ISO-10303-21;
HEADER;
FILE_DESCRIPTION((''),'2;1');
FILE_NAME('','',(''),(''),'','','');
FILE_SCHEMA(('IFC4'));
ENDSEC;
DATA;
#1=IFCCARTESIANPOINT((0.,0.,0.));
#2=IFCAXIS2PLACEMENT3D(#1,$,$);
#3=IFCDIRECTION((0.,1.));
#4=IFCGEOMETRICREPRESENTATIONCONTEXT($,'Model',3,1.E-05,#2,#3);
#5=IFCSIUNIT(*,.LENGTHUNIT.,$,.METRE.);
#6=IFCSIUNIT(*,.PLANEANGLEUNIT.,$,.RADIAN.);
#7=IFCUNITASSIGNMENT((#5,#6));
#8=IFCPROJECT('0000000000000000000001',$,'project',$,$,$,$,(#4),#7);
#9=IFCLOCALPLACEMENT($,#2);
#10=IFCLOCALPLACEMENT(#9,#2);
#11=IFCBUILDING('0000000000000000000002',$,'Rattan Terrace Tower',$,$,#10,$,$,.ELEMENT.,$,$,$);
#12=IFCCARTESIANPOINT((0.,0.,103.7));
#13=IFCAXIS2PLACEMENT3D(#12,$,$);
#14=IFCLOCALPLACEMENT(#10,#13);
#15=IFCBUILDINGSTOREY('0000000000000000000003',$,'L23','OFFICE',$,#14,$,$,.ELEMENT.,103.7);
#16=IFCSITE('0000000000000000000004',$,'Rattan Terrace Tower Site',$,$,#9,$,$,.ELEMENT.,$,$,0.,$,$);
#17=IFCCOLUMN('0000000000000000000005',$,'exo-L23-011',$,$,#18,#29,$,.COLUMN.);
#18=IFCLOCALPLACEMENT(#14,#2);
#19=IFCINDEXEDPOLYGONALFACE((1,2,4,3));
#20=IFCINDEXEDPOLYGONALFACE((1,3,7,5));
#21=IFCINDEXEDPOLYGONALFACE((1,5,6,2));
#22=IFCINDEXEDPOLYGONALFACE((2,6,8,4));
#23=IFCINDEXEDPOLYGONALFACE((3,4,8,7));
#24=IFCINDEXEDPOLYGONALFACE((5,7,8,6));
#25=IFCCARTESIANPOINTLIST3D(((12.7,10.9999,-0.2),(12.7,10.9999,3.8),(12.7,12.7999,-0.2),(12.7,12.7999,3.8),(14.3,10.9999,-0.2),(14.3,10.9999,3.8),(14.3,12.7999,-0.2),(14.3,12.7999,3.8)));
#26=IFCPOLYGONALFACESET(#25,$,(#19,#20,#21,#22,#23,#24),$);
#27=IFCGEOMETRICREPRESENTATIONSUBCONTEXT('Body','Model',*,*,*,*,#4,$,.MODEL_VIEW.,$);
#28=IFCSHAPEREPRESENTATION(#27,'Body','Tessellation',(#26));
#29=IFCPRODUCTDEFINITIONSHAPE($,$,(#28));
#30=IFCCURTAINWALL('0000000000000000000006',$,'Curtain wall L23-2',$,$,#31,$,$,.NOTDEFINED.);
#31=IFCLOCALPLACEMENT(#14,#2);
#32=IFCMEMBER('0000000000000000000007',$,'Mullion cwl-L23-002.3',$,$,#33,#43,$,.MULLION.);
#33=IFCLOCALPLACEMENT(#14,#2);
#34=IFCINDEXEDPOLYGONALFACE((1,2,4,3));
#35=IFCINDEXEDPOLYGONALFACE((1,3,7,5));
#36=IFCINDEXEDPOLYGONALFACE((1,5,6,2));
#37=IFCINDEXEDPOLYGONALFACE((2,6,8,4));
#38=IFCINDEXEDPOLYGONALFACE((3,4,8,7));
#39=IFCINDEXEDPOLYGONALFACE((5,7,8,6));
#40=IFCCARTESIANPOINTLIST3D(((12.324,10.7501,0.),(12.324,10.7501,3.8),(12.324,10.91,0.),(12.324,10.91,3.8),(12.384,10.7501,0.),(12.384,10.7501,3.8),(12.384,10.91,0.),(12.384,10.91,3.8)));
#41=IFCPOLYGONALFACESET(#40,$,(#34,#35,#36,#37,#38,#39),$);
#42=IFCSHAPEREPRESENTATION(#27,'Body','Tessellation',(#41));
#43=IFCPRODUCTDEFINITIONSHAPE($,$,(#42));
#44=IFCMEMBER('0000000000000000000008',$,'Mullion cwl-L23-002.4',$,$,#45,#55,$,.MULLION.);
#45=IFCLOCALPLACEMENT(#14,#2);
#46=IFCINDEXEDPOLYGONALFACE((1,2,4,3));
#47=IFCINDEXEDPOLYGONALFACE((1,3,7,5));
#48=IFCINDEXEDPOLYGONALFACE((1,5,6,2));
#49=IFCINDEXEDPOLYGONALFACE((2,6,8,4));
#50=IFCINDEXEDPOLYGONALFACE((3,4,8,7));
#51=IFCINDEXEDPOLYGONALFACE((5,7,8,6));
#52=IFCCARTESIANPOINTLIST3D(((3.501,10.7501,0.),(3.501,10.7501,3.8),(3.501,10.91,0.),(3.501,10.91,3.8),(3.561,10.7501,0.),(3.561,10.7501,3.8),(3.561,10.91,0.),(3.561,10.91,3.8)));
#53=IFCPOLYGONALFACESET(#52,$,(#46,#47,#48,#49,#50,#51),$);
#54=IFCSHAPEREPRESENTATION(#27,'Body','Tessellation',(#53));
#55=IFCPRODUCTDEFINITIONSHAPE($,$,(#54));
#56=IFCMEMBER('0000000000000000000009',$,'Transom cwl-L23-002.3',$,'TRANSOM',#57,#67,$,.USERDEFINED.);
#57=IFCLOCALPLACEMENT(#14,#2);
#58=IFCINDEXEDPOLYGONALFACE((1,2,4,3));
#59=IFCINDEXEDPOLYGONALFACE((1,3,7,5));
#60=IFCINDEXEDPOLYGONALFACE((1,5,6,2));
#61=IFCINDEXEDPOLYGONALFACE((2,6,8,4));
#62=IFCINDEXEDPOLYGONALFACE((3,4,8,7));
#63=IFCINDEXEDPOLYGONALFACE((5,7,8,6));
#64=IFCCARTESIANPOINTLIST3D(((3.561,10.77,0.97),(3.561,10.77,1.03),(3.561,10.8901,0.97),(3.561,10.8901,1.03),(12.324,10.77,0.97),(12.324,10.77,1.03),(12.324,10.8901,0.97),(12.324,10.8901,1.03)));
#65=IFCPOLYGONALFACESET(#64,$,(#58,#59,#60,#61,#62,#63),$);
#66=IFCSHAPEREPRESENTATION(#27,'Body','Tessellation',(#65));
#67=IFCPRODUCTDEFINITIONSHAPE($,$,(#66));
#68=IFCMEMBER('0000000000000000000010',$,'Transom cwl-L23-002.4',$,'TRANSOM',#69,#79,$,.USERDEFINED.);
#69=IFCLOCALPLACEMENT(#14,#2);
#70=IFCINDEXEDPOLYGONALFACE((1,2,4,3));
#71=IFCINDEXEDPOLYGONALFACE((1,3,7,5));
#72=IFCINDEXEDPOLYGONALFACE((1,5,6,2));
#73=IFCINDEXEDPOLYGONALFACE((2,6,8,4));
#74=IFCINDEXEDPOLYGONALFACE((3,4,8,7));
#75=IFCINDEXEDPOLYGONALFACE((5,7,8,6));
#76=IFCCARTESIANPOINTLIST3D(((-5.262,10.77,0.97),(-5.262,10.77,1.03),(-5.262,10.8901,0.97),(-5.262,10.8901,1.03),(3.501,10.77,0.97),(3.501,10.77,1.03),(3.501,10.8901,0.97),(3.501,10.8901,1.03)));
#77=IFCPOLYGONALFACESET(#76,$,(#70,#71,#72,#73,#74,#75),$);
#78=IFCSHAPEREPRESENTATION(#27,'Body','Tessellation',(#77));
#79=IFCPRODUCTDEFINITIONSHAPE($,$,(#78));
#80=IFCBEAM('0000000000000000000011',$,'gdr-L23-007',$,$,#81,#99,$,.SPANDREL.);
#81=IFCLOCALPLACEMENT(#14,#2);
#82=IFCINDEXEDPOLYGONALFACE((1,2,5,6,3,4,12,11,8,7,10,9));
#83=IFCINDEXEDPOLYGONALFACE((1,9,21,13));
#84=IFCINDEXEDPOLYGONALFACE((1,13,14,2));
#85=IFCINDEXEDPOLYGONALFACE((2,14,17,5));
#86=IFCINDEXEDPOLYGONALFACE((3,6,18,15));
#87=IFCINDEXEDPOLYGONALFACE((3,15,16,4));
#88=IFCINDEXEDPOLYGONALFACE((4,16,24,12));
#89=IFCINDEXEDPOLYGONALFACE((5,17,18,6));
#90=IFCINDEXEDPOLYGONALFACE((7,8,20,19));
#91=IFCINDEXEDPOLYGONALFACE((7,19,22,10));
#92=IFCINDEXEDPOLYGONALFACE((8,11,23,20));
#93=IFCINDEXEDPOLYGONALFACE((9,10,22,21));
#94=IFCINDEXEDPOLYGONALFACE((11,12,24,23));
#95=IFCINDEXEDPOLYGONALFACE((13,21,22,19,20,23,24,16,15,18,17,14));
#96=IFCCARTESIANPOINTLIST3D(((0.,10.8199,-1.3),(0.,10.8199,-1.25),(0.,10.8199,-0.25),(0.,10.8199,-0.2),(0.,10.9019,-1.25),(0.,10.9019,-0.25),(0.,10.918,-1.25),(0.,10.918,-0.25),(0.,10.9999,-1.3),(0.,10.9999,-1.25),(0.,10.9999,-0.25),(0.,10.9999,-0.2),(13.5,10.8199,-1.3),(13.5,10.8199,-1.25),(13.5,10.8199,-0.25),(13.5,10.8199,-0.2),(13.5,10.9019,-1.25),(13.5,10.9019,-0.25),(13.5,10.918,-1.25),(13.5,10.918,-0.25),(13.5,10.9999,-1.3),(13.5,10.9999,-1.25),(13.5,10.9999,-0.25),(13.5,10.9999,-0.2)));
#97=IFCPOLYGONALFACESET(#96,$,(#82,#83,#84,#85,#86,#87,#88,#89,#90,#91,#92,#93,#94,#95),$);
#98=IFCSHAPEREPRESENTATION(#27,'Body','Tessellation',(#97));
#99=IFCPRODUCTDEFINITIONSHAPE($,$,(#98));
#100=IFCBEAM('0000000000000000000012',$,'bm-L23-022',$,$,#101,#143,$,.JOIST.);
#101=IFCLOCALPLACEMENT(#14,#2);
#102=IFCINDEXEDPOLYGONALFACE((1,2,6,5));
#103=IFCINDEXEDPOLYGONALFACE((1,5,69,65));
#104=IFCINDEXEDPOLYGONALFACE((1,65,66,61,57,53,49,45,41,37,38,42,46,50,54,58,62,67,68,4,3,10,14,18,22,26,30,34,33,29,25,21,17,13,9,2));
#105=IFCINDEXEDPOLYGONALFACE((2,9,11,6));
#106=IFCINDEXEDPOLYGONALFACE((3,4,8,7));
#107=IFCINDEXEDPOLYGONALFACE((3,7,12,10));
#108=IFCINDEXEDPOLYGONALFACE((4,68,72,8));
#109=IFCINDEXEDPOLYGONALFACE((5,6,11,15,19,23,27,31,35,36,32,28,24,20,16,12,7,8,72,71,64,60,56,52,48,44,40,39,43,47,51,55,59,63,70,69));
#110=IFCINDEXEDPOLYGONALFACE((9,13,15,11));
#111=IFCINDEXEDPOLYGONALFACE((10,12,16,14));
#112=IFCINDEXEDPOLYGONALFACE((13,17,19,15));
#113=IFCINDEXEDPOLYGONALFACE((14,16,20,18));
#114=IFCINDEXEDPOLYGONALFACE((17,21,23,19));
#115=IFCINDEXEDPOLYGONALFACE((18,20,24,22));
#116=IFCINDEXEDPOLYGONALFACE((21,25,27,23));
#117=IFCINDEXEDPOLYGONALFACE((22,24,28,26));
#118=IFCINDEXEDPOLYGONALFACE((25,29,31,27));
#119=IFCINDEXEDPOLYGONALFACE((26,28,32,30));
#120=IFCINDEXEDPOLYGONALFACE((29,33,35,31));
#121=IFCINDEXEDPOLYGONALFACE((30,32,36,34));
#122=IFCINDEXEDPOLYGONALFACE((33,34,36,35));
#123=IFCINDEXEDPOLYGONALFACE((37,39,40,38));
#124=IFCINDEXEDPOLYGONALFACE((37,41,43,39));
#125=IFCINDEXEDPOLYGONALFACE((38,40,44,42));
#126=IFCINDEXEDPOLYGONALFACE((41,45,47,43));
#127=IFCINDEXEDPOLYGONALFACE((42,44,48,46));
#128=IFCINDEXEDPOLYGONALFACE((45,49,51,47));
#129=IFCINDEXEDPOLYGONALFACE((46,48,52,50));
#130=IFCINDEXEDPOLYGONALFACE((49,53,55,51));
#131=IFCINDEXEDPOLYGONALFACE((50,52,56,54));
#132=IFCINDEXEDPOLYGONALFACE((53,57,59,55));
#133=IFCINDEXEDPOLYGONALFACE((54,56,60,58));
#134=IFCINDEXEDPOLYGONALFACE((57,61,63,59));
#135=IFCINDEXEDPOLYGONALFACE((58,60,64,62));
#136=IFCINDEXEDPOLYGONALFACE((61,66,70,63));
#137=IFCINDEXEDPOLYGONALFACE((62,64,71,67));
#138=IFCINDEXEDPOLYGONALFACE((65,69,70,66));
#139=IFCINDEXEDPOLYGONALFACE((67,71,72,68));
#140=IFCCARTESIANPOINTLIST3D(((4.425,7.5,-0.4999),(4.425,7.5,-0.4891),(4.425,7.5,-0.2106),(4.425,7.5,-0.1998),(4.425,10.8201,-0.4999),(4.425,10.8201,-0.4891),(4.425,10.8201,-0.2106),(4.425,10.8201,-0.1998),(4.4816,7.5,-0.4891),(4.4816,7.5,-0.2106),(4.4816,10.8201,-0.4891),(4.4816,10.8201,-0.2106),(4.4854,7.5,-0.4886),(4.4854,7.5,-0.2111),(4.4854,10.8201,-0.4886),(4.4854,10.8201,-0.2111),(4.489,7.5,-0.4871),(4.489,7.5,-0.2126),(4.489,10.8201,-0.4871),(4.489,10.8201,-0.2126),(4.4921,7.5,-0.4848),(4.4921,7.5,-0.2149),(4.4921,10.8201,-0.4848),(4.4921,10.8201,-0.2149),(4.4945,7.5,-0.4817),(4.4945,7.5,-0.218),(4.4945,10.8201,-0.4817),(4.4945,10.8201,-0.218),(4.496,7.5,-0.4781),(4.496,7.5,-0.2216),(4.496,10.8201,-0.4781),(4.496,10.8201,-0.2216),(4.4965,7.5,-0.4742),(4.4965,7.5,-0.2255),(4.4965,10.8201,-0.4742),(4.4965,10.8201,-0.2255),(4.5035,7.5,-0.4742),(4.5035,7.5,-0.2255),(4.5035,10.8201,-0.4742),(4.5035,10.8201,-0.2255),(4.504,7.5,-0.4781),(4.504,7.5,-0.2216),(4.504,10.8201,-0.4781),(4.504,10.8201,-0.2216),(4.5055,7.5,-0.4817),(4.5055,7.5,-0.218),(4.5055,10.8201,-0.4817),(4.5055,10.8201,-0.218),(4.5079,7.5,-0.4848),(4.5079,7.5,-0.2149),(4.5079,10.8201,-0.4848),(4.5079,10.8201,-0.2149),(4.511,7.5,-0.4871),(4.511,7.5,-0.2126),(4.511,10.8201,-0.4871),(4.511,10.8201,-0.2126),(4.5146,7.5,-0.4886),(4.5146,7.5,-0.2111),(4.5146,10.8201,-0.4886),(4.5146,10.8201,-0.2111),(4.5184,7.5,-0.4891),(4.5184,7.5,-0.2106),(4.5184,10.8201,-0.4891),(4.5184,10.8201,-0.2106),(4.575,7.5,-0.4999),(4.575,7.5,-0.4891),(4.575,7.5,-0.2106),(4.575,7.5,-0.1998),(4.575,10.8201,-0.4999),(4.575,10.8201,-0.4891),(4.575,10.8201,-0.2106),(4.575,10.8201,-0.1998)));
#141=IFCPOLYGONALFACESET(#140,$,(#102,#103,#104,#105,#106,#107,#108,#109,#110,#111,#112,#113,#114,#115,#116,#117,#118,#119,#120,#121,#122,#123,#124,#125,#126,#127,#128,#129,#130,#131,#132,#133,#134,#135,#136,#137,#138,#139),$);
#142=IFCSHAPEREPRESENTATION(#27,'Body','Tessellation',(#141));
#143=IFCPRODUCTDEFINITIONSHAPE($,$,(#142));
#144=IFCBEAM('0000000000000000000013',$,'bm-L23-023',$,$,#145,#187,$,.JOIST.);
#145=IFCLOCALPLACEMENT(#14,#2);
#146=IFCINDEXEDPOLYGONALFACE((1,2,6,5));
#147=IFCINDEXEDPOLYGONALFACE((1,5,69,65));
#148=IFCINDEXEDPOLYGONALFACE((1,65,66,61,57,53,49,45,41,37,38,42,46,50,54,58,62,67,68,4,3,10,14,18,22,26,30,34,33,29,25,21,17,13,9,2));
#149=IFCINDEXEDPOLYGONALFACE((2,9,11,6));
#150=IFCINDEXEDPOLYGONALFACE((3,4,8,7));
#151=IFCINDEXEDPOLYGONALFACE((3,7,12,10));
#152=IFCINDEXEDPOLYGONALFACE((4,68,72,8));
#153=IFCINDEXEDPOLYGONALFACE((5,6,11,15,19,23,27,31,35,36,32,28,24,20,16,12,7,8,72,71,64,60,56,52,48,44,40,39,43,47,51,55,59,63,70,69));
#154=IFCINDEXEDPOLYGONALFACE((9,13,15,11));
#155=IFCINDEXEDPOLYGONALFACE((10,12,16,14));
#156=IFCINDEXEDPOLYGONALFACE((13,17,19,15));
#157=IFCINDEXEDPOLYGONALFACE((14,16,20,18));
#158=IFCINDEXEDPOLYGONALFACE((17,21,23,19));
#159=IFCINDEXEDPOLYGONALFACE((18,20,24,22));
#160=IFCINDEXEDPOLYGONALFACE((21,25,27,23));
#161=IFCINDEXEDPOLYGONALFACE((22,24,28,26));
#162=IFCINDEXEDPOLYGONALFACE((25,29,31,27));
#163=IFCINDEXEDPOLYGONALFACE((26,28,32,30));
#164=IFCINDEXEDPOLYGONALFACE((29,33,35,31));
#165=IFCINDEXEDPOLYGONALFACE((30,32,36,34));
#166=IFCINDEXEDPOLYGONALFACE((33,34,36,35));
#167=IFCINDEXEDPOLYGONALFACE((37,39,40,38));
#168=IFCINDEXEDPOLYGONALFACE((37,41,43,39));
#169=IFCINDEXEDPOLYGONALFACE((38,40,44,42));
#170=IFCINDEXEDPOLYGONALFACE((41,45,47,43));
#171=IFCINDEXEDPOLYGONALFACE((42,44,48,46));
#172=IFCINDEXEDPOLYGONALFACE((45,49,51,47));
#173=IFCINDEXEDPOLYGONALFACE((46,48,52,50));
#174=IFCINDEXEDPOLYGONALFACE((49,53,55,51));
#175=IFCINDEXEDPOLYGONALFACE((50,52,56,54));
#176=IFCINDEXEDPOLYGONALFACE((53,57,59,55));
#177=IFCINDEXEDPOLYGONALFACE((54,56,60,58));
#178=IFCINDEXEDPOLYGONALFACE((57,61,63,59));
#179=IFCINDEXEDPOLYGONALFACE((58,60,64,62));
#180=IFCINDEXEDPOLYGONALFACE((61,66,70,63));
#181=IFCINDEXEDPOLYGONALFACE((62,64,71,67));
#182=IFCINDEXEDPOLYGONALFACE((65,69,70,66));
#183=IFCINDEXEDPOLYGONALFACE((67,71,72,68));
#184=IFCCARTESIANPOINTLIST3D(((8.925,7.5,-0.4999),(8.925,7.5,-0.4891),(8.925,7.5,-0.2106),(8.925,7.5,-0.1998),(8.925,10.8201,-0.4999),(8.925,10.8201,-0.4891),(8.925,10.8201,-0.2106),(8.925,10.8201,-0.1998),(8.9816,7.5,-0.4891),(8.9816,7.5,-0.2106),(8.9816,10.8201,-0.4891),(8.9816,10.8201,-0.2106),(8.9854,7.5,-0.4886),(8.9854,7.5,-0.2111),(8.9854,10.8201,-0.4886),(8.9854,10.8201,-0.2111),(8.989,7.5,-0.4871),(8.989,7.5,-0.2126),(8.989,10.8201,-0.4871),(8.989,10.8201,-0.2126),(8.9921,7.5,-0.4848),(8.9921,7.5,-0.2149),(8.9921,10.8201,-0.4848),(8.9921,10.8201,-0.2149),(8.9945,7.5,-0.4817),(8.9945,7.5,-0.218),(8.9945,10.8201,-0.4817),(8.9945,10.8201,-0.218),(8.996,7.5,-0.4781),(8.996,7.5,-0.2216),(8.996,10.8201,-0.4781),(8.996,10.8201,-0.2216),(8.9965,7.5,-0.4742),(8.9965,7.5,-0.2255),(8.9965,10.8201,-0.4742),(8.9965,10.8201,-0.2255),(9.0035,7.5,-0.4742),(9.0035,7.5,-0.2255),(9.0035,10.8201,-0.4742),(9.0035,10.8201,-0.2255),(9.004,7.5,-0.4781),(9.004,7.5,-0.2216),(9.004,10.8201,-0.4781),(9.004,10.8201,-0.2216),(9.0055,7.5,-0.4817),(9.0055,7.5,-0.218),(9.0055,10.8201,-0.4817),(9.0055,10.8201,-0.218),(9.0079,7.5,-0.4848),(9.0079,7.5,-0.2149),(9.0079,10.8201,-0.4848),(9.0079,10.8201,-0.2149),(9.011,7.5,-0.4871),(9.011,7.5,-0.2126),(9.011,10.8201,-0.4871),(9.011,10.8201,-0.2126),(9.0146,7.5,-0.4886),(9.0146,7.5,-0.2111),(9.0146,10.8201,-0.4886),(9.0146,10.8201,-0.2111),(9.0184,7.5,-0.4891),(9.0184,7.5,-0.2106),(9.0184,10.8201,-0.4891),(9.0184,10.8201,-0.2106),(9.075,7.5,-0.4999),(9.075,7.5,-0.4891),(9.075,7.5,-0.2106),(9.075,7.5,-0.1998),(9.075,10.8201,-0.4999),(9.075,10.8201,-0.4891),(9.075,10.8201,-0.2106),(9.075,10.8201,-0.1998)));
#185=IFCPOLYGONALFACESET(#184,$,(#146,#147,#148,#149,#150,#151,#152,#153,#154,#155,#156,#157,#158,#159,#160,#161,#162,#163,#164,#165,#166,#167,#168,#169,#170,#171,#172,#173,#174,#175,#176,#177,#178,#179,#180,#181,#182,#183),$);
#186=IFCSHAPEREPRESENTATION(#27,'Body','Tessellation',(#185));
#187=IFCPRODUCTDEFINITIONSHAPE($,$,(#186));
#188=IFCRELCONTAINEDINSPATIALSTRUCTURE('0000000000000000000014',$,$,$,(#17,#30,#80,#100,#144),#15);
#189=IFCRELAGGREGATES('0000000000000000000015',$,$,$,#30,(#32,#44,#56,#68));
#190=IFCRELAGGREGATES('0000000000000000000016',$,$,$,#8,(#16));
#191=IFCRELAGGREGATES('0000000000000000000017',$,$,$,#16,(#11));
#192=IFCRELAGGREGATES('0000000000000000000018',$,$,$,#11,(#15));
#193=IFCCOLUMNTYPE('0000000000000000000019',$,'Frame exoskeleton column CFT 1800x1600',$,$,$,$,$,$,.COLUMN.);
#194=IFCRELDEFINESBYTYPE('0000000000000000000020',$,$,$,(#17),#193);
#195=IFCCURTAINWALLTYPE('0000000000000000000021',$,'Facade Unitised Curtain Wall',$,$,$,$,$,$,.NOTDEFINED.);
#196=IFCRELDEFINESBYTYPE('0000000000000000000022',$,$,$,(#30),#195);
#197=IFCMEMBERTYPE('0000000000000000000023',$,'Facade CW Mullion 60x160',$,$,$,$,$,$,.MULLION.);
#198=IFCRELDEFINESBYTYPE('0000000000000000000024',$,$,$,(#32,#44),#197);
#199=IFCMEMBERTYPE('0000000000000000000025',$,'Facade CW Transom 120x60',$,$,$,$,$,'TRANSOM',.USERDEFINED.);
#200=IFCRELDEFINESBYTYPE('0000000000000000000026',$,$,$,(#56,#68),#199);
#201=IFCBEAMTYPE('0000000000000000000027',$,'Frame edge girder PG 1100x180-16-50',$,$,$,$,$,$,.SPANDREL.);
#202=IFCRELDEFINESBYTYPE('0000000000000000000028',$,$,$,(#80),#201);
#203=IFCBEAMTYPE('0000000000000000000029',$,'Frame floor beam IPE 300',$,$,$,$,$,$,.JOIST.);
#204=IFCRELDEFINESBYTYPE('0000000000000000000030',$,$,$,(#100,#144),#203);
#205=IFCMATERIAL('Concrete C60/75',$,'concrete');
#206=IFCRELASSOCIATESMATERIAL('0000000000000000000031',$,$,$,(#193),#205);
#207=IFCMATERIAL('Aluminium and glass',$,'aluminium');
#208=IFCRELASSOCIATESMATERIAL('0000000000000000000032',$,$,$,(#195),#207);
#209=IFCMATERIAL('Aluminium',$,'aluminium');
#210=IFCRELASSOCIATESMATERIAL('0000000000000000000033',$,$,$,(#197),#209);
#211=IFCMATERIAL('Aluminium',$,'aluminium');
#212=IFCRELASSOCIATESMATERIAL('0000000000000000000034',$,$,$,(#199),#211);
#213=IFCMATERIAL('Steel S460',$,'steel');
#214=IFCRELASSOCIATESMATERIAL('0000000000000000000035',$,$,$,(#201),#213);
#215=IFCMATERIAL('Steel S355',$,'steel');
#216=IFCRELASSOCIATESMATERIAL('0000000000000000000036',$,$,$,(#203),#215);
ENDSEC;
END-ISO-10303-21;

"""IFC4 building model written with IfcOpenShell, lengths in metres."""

from ifc_helpers import new_model, si_unit, direction, frame, origin, origin_2d, place, context, subcontext, project, spatial, rectangle, i_section, extrude, material, material_profile, profile_set, type_object, element, aggregate, save


model = new_model("IFC4")

# Units and contexts
model_context = context("Model", 3, precision=1e-05, world=origin(), true_north=direction((0.0, 1.0)))
body_context = subcontext(model_context, "Body", "Model", "MODEL_VIEW")
ifc_project = project(units=[si_unit("LENGTHUNIT", "METRE"), si_unit("PLANEANGLEUNIT", "RADIAN")], contexts=[model_context])

# Site, building, storey
site_placement = place(None, origin())
site = spatial("IfcSite", under=ifc_project, at=site_placement, Name="Rattan Terrace Tower Site", CompositionType="ELEMENT", RefElevation=0.0)
building_placement = place(site_placement, origin())
building = spatial("IfcBuilding", under=site, at=building_placement, Name="Rattan Terrace Tower", CompositionType="ELEMENT")
storey_placement = place(building_placement, frame((0.0, 0.0, 103.7)))
storey = spatial("IfcBuildingStorey", under=building, at=storey_placement, Name="L23", Description="OFFICE", CompositionType="ELEMENT", Elevation=103.7)

# Column
ifc_material_1 = material(Name="Concrete C60/75", Category="concrete")
ifc_material_profile_1 = material_profile(ifc_material_1, rectangle(XDim=1.6001, YDim=1.8, at=origin_2d()), Name="CFT 1800x1600")
ifc_profile_set_1 = profile_set([ifc_material_profile_1], Name="Concrete C60/75")
column_type = type_object("IfcColumnType", Name="Frame exoskeleton column CFT 1800x1600", PredefinedType="COLUMN", material=ifc_profile_set_1)
column_placement = place(storey_placement, frame((13.5, 11.8999, -0.2), z_axis=(0.0, 0.0, 1.0), x_axis=(1.0, 0.0, 0.0)))
element("IfcColumn", 1, at=column_placement, inside=storey, type_object=column_type, Name="exo-L23-011", PredefinedType="COLUMN", context=body_context, shape_type="SweptSolid", body=[
    extrude(rectangle(XDim=1.6001, YDim=1.8, at=origin_2d()), origin(), (0.0, 0.0, 1.0), 4.0),
])

# Curtain wall, members
ifc_material_2 = material(Name="Aluminium and glass", Category="aluminium")
curtain_wall_type = type_object("IfcCurtainWallType", Name="Facade Unitised Curtain Wall", PredefinedType="NOTDEFINED", material=ifc_material_2)
curtain_wall_placement = place(storey_placement, origin())
curtain_wall = element("IfcCurtainWall", 2, at=curtain_wall_placement, inside=storey, type_object=curtain_wall_type, Name="Curtain wall L23-2", PredefinedType="NOTDEFINED")
ifc_material_3 = material(Name="Aluminium", Category="aluminium")
ifc_material_profile_2 = material_profile(ifc_material_3, rectangle(XDim=0.0601, YDim=0.1599, at=origin_2d()), Name="Aluminium 60x160")
ifc_profile_set_2 = profile_set([ifc_material_profile_2], Name="Aluminium")
member_type_1 = type_object("IfcMemberType", Name="Facade CW Mullion 60x160", PredefinedType="MULLION", material=ifc_profile_set_2)
member_1_placement = place(storey_placement, frame((12.354, 10.8301, 0.0), z_axis=(0.0, 0.0, 1.0), x_axis=(-1.0, 0.0, 0.0)))
member_1 = element("IfcMember", 3, at=member_1_placement, type_object=member_type_1, Name="Mullion cwl-L23-002.3", PredefinedType="MULLION", context=body_context, shape_type="SweptSolid", body=[
    extrude(rectangle(XDim=0.0601, YDim=0.1599, at=origin_2d()), origin(), (0.0, 0.0, 1.0), 3.8),
])
member_2_placement = place(storey_placement, frame((3.531, 10.8301, 0.0), z_axis=(0.0, 0.0, 1.0), x_axis=(-1.0, 0.0, 0.0)))
member_2 = element("IfcMember", 4, at=member_2_placement, type_object=member_type_1, Name="Mullion cwl-L23-002.4", PredefinedType="MULLION", context=body_context, shape_type="SweptSolid", body=[
    extrude(rectangle(XDim=0.0601, YDim=0.1599, at=origin_2d()), origin(), (0.0, 0.0, 1.0), 3.8),
])
ifc_material_4 = material(Name="Aluminium", Category="aluminium")
ifc_material_profile_3 = material_profile(ifc_material_4, rectangle(XDim=0.1201, YDim=0.0601, at=origin_2d()), Name="Aluminium 120x60")
ifc_profile_set_3 = profile_set([ifc_material_profile_3], Name="Aluminium")
member_type_2 = type_object("IfcMemberType", Name="Facade CW Transom 120x60", ElementType="TRANSOM", PredefinedType="USERDEFINED", material=ifc_profile_set_3)
member_3_placement = place(storey_placement, frame((12.324, 10.8301, 1.0), z_axis=(-1.0, 0.0, 0.0), x_axis=(0.0, -1.0, 0.0)))
member_3 = element("IfcMember", 5, at=member_3_placement, type_object=member_type_2, Name="Transom cwl-L23-002.3", ObjectType="TRANSOM", PredefinedType="USERDEFINED", context=body_context, shape_type="SweptSolid", body=[
    extrude(rectangle(XDim=0.1201, YDim=0.0601, at=origin_2d()), origin(), (0.0, 0.0, 1.0), 8.7629),
])
member_4_placement = place(storey_placement, frame((3.501, 10.8301, 1.0), z_axis=(-1.0, 0.0, 0.0), x_axis=(0.0, -1.0, 0.0)))
member_4 = element("IfcMember", 6, at=member_4_placement, type_object=member_type_2, Name="Transom cwl-L23-002.4", ObjectType="TRANSOM", PredefinedType="USERDEFINED", context=body_context, shape_type="SweptSolid", body=[
    extrude(rectangle(XDim=0.1201, YDim=0.0601, at=origin_2d()), origin(), (0.0, 0.0, 1.0), 8.7629),
])

# Beams
ifc_material_5 = material(Name="Steel S460", Category="steel")
ifc_material_profile_4 = material_profile(ifc_material_5, i_section(OverallWidth=0.1799, OverallDepth=1.1001, WebThickness=0.0161, FlangeThickness=0.05, at=origin_2d()), Name="PG 1100x180-16-50")
ifc_profile_set_4 = profile_set([ifc_material_profile_4], Name="Steel S460")
beam_type_1 = type_object("IfcBeamType", Name="Frame edge girder PG 1100x180-16-50", PredefinedType="SPANDREL", material=ifc_profile_set_4)
beam_placement = place(storey_placement, frame((13.5, 10.9099, -0.75), z_axis=(-1.0, 0.0, 0.0), x_axis=(0.0, -1.0, 0.0)))
element("IfcBeam", 7, at=beam_placement, inside=storey, type_object=beam_type_1, Name="gdr-L23-007", PredefinedType="SPANDREL", context=body_context, shape_type="SweptSolid", body=[
    extrude(i_section(OverallWidth=0.1799, OverallDepth=1.1001, WebThickness=0.0161, FlangeThickness=0.05, at=origin_2d()), origin(), (0.0, 0.0, 1.0), 13.5),
])
ifc_material_6 = material(Name="Steel S355", Category="steel")
ifc_material_profile_5 = material_profile(ifc_material_6, i_section(OverallWidth=0.1499, OverallDepth=0.3, WebThickness=0.0071, FlangeThickness=0.0107, FilletRadius=0.0149, at=origin_2d()), Name="IPE 300")
ifc_profile_set_5 = profile_set([ifc_material_profile_5], Name="Steel S355")
beam_type_2 = type_object("IfcBeamType", Name="Frame floor beam IPE 300", PredefinedType="JOIST", material=ifc_profile_set_5)
for number, where, z_axis, x_axis, name in (
    (8, (4.5, 7.5, -0.3499), (0.0, 1.0, 0.0), (-1.0, 0.0, 0.0), "bm-L23-022"),
    (9, (9.0, 7.5, -0.3499), (0.0, 1.0, 0.0), (-1.0, 0.0, 0.0), "bm-L23-023"),
):
    element("IfcBeam", number, at=place(storey_placement, frame(where, z_axis=z_axis, x_axis=x_axis)), inside=storey, type_object=beam_type_2, Name=name, PredefinedType="JOIST", context=body_context, shape_type="SweptSolid", body=[
        extrude(i_section(OverallWidth=0.1499, OverallDepth=0.3, WebThickness=0.0071, FlangeThickness=0.0107, FilletRadius=0.0149, at=origin_2d()), origin(), (0.0, 0.0, 1.0), 3.3201),
    ])

aggregate(curtain_wall, [member_1, member_2, member_3, member_4])

save(model, "model.ifc")
